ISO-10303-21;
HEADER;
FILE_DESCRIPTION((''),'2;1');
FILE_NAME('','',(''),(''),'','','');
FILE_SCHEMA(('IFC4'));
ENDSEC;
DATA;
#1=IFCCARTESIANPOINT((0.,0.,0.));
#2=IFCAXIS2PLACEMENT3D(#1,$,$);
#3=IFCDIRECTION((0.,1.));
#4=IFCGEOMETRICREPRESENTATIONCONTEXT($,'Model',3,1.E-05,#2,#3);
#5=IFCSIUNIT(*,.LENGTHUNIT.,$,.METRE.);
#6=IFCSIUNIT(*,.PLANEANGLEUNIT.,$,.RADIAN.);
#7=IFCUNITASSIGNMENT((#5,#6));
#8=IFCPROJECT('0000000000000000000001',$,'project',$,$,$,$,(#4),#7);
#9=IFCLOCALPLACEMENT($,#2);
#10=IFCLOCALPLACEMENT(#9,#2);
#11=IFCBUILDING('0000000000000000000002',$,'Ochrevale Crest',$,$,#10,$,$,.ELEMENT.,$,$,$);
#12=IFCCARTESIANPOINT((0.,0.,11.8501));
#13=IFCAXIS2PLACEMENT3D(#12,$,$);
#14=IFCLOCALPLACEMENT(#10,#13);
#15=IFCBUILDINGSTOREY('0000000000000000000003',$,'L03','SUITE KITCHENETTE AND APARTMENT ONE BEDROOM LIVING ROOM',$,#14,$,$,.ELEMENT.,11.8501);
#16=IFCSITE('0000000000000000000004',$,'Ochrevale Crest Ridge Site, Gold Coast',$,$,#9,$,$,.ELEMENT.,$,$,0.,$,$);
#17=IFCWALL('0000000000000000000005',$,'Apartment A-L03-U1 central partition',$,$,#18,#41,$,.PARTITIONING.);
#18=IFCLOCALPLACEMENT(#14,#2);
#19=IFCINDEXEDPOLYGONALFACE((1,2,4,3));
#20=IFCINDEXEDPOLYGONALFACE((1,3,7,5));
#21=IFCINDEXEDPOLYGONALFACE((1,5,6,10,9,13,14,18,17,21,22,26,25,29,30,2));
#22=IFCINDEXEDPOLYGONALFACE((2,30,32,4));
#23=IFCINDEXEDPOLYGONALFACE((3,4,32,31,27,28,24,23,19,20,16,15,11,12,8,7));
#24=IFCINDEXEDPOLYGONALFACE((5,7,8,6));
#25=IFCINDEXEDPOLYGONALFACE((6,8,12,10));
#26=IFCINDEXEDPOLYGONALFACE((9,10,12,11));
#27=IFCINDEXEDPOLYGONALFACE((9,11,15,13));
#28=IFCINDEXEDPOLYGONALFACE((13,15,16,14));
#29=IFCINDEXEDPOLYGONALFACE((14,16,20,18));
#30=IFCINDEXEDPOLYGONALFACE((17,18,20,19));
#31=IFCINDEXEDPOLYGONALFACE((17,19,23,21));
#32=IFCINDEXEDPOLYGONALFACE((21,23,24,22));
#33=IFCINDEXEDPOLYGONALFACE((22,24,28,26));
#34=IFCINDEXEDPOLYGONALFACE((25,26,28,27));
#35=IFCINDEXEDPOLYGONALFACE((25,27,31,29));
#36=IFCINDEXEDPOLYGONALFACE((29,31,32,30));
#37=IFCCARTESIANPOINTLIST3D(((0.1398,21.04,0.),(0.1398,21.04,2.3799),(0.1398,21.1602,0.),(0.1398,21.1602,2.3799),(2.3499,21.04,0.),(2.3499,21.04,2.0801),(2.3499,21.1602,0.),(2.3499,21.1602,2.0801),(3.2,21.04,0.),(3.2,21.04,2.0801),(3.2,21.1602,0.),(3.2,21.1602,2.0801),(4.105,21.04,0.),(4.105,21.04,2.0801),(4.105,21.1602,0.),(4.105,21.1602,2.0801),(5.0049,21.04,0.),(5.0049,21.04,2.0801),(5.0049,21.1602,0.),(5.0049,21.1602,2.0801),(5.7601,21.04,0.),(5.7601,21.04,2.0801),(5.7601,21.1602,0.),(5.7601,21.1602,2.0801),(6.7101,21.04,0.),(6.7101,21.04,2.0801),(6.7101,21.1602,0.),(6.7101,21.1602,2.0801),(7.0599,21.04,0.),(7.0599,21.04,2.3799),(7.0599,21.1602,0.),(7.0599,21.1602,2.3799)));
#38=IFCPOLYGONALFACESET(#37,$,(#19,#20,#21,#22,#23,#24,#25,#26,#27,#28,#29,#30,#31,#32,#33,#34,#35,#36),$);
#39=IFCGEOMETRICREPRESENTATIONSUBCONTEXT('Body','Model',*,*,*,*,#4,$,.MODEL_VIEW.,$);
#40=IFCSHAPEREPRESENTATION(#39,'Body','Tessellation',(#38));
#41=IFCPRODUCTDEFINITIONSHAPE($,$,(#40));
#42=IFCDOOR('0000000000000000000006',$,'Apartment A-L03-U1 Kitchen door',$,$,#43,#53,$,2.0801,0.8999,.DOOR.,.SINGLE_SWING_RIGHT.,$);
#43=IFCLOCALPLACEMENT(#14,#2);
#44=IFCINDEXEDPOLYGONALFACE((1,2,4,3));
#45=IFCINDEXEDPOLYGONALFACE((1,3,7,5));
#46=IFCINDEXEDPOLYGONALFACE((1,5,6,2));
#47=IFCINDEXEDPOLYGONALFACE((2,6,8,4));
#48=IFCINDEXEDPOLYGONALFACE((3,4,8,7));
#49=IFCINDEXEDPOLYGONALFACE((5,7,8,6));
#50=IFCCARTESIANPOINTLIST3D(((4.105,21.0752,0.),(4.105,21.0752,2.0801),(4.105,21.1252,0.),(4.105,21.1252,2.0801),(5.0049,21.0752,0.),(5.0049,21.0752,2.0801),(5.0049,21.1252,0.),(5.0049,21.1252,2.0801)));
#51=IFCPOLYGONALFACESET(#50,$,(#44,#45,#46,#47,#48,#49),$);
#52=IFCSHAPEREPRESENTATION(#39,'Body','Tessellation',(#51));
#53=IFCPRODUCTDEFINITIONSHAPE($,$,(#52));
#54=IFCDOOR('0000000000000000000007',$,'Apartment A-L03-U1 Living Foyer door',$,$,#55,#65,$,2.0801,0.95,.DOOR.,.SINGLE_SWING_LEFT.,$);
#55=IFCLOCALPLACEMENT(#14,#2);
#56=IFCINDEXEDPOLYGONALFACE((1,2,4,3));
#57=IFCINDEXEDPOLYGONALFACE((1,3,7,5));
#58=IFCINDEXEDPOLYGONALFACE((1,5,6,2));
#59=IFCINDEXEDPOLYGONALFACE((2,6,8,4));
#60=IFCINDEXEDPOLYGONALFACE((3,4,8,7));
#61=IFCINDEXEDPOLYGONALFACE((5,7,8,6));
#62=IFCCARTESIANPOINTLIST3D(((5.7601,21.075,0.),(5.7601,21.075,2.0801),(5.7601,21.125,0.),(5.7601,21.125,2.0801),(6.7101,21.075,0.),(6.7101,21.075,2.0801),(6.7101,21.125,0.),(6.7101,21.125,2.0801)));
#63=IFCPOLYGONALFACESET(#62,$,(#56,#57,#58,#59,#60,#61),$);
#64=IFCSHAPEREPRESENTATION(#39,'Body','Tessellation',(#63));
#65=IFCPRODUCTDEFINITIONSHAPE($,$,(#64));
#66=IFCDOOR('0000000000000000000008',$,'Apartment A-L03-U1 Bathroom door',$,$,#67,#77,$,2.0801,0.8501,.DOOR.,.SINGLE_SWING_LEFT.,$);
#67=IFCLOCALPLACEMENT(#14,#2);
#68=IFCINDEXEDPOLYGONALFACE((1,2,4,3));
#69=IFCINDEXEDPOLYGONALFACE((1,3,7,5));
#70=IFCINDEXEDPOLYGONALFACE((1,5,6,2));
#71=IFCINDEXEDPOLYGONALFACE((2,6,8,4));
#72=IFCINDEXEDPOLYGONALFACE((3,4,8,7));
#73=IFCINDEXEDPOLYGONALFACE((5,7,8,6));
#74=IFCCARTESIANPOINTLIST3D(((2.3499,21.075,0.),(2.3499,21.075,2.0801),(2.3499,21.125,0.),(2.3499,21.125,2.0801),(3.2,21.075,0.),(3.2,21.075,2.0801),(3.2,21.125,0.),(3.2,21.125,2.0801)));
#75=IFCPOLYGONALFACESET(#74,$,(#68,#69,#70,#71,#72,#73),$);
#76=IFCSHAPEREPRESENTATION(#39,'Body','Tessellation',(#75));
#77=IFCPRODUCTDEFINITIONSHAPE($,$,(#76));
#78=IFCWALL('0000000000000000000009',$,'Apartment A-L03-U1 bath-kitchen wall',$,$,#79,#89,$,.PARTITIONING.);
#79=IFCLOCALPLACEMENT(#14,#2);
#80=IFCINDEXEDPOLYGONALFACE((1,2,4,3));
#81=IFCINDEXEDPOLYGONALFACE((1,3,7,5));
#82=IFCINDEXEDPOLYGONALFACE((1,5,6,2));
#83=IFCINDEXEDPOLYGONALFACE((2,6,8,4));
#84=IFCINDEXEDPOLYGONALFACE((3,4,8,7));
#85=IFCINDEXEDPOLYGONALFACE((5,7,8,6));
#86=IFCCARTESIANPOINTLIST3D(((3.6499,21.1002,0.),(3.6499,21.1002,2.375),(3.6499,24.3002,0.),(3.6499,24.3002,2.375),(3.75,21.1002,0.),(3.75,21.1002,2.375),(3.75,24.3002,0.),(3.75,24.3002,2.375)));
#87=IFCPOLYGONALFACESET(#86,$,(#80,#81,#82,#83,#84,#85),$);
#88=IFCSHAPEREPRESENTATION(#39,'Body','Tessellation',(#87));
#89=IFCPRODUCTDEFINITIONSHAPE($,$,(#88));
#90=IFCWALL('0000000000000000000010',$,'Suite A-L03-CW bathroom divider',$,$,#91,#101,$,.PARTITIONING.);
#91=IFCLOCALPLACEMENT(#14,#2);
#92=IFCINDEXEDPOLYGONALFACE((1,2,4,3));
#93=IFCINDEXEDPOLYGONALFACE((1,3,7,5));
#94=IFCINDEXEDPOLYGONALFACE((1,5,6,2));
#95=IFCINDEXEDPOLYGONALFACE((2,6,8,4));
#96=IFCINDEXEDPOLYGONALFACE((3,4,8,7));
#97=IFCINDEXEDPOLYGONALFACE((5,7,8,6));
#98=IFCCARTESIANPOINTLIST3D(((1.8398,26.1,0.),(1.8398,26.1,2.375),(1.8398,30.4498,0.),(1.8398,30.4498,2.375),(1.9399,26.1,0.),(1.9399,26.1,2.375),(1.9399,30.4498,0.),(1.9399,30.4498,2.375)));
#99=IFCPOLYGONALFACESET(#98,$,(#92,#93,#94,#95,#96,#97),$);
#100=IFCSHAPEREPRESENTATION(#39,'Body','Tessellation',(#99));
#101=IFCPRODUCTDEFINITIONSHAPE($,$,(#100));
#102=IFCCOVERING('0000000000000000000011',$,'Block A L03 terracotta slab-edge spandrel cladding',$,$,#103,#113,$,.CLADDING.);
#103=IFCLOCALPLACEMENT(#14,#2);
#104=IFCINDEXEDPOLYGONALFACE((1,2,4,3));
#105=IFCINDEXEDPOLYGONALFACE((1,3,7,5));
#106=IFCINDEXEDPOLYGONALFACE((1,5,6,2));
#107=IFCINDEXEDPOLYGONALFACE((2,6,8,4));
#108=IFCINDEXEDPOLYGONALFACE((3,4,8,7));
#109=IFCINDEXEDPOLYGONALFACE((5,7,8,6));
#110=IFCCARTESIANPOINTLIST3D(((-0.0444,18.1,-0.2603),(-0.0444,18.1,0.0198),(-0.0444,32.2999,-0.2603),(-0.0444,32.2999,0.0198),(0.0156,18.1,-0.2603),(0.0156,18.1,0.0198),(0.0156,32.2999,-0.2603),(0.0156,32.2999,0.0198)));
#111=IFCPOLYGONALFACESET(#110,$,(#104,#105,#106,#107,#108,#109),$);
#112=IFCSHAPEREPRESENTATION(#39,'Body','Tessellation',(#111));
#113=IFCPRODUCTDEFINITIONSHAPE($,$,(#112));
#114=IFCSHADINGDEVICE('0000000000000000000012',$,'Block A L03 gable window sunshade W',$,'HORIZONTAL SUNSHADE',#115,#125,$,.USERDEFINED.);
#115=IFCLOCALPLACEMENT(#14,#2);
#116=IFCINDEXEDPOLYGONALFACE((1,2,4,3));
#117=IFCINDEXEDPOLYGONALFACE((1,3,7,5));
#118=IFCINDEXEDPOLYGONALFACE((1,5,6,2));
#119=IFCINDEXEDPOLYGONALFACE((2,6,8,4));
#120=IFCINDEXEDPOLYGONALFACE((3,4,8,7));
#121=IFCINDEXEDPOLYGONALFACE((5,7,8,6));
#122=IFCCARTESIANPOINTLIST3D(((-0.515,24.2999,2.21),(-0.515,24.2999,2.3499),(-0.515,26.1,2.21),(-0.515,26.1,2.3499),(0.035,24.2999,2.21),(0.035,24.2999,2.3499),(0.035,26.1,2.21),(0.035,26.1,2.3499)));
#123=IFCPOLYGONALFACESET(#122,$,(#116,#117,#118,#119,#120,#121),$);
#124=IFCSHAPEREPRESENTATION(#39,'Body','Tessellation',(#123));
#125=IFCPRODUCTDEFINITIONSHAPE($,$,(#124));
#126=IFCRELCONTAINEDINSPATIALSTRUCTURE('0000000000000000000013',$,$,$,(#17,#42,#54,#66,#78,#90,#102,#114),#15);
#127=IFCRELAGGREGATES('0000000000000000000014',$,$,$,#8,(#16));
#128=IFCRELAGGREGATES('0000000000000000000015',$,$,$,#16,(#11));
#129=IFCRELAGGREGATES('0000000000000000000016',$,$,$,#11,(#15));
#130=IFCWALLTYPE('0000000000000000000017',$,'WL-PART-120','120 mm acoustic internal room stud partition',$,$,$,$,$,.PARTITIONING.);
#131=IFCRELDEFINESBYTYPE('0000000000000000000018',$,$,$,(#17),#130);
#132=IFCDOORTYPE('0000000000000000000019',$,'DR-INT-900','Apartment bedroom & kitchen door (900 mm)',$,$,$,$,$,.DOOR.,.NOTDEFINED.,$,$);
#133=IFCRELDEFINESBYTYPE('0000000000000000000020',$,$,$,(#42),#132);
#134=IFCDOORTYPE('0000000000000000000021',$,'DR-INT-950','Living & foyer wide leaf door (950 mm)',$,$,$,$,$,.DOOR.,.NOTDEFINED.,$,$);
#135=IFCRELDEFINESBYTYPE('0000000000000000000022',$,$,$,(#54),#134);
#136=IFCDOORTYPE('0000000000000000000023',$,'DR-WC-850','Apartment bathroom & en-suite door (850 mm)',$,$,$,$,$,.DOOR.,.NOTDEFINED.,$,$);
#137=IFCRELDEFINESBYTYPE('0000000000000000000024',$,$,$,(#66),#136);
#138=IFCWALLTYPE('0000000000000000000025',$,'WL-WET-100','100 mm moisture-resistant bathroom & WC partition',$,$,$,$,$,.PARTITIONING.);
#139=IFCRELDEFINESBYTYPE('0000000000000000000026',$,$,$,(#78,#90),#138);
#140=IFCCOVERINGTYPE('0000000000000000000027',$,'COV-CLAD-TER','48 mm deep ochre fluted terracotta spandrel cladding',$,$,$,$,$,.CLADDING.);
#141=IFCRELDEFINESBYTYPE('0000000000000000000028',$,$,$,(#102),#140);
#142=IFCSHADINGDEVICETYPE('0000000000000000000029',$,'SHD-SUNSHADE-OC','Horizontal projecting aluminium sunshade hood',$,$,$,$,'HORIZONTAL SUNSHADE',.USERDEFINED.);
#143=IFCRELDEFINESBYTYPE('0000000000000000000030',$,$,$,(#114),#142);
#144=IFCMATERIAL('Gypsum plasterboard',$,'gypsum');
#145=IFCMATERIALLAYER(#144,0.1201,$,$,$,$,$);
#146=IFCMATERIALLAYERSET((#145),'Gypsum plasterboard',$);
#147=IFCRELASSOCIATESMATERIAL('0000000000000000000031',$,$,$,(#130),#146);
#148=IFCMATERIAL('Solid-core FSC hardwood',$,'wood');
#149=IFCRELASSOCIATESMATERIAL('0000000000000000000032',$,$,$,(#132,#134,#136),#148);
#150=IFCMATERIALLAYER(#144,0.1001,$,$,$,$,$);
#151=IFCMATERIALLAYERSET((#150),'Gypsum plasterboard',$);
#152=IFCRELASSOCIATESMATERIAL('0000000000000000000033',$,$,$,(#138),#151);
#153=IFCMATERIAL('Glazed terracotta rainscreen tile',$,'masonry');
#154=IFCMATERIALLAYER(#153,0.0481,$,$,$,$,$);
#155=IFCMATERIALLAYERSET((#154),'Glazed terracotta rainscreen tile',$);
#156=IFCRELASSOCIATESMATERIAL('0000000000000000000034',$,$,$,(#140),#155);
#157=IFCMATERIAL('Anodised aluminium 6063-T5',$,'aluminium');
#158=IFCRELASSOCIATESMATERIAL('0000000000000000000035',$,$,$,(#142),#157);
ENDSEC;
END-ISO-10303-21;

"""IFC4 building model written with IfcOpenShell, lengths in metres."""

from ifc_helpers import new_model, si_unit, direction, frame, frame_2d, origin, origin_2d, place, context, subcontext, project, spatial, rectangle, extrude, material, layer, layer_set, type_object, element, fill, save


model = new_model("IFC4")

# Units and contexts
model_context = context("Model", 3, precision=1e-05, world=origin(), true_north=direction((0.0, 1.0)))
body_context = subcontext(model_context, "Body", "Model", "MODEL_VIEW")
ifc_project = project(units=[si_unit("LENGTHUNIT", "METRE"), si_unit("PLANEANGLEUNIT", "RADIAN")], contexts=[model_context])

# Site, building, storey
site_placement = place(None, origin())
site = spatial("IfcSite", under=ifc_project, at=site_placement, Name="Ochrevale Crest Ridge Site, Gold Coast", CompositionType="ELEMENT", RefElevation=0.0)
building_placement = place(site_placement, origin())
building = spatial("IfcBuilding", under=site, at=building_placement, Name="Ochrevale Crest", CompositionType="ELEMENT")
storey_placement = place(building_placement, frame((0.0, 0.0, 11.8501)))
storey = spatial("IfcBuildingStorey", under=building, at=storey_placement, Name="L03", Description="SUITE KITCHENETTE AND APARTMENT ONE BEDROOM LIVING ROOM", CompositionType="ELEMENT", Elevation=11.8501)

# Shared definitions
ifc_material_1 = material(Name="Anodised aluminium 6063-T5", Category="aluminium")

# Shared definitions
ifc_material_2 = material(Name="Gypsum plasterboard", Category="gypsum")
ifc_material_3 = material(Name="Solid-core FSC hardwood", Category="wood")

# Wall, openings, doors
ifc_layer_1 = layer(ifc_material_2, 0.1201)
ifc_layer_set_1 = layer_set([ifc_layer_1], Name="Gypsum plasterboard")
wall_type_1 = type_object("IfcWallType", Name="WL-PART-120", Description="120 mm acoustic internal room stud partition", PredefinedType="PARTITIONING", material=ifc_layer_set_1)
wall_1_placement = place(storey_placement, frame((0.1399, 21.1001, 0.0), z_axis=(0.0, 0.0, 1.0), x_axis=(1.0, 0.0, 0.0)))
wall_1 = element("IfcWall", 1, at=wall_1_placement, inside=storey, type_object=wall_type_1, Name="Apartment A-L03-U1 central partition", PredefinedType="PARTITIONING", context=body_context, shape_type="SweptSolid", body=[
    extrude(rectangle(XDim=6.9202, YDim=0.1201, at=frame_2d((3.46, 0.0))), origin(), (0.0, 0.0, 1.0), 2.3799),
])
opening_1_placement = place(wall_1_placement, frame((2.21, 0.0, 0.0)))
opening_1 = element("IfcOpeningElement", 2, at=opening_1_placement, cuts=wall_1, PredefinedType="OPENING", context=body_context, shape_type="SweptSolid", body=[
    extrude(rectangle(XDim=0.8501, YDim=2.0801, at=frame_2d((0.425, 1.04))), frame((0.0, 0.0701, 0.0), z_axis=(0.0, -1.0, 0.0), x_axis=(1.0, 0.0, 0.0)), (0.0, 0.0, 1.0), 0.1401),
])
opening_2_placement = place(wall_1_placement, frame((4.865, 0.0, 0.0), z_axis=(0.0, 0.0, 1.0), x_axis=(-1.0, 0.0, 0.0)))
opening_2 = element("IfcOpeningElement", 3, at=opening_2_placement, cuts=wall_1, PredefinedType="OPENING", context=body_context, shape_type="SweptSolid", body=[
    extrude(rectangle(XDim=0.8999, YDim=2.0801, at=frame_2d((0.45, 1.04))), frame((0.0, 0.0701, 0.0), z_axis=(0.0, -1.0, 0.0), x_axis=(1.0, 0.0, 0.0)), (0.0, 0.0, 1.0), 0.1401),
])
opening_3_placement = place(wall_1_placement, frame((5.6201, 0.0, 0.0)))
opening_3 = element("IfcOpeningElement", 4, at=opening_3_placement, cuts=wall_1, PredefinedType="OPENING", context=body_context, shape_type="SweptSolid", body=[
    extrude(rectangle(XDim=0.95, YDim=2.0801, at=frame_2d((0.4751, 1.04))), frame((0.0, 0.0701, 0.0), z_axis=(0.0, -1.0, 0.0), x_axis=(1.0, 0.0, 0.0)), (0.0, 0.0, 1.0), 0.1401),
])
door_type_1 = type_object("IfcDoorType", Name="DR-INT-900", Description="Apartment bedroom & kitchen door (900 mm)", OperationType="NOTDEFINED", PredefinedType="DOOR", material=ifc_material_3)
door_1_placement = place(opening_2_placement, origin())
door_1 = element("IfcDoor", 5, at=door_1_placement, inside=storey, type_object=door_type_1, Name="Apartment A-L03-U1 Kitchen door", OperationType="SINGLE_SWING_RIGHT", OverallHeight=2.0801, OverallWidth=0.8999, PredefinedType="DOOR", context=body_context, shape_type="SweptSolid", body=[
    extrude(rectangle(XDim=0.8999, YDim=2.0801, at=frame_2d((0.45, 1.04))), frame((0.0, 0.0249, 0.0), z_axis=(0.0, -1.0, 0.0), x_axis=(1.0, 0.0, 0.0)), (0.0, 0.0, 1.0), 0.05),
])
fill(opening_2, door_1)
door_type_2 = type_object("IfcDoorType", Name="DR-INT-950", Description="Living & foyer wide leaf door (950 mm)", OperationType="NOTDEFINED", PredefinedType="DOOR", material=ifc_material_3)
door_2_placement = place(opening_3_placement, origin())
door_2 = element("IfcDoor", 6, at=door_2_placement, inside=storey, type_object=door_type_2, Name="Apartment A-L03-U1 Living Foyer door", OperationType="SINGLE_SWING_LEFT", OverallHeight=2.0801, OverallWidth=0.95, PredefinedType="DOOR", context=body_context, shape_type="SweptSolid", body=[
    extrude(rectangle(XDim=0.95, YDim=2.0801, at=frame_2d((0.4751, 1.04))), frame((0.0, 0.0249, 0.0), z_axis=(0.0, -1.0, 0.0), x_axis=(1.0, 0.0, 0.0)), (0.0, 0.0, 1.0), 0.05),
])
fill(opening_3, door_2)
door_type_3 = type_object("IfcDoorType", Name="DR-WC-850", Description="Apartment bathroom & en-suite door (850 mm)", OperationType="NOTDEFINED", PredefinedType="DOOR", material=ifc_material_3)
door_3_placement = place(opening_1_placement, origin())
door_3 = element("IfcDoor", 7, at=door_3_placement, inside=storey, type_object=door_type_3, Name="Apartment A-L03-U1 Bathroom door", OperationType="SINGLE_SWING_LEFT", OverallHeight=2.0801, OverallWidth=0.8501, PredefinedType="DOOR", context=body_context, shape_type="SweptSolid", body=[
    extrude(rectangle(XDim=0.8501, YDim=2.0801, at=frame_2d((0.425, 1.04))), frame((0.0, 0.0249, 0.0), z_axis=(0.0, -1.0, 0.0), x_axis=(1.0, 0.0, 0.0)), (0.0, 0.0, 1.0), 0.05),
])
fill(opening_1, door_3)

# Walls
ifc_layer_2 = layer(ifc_material_2, 0.1001)
ifc_layer_set_2 = layer_set([ifc_layer_2], Name="Gypsum plasterboard")
wall_type_2 = type_object("IfcWallType", Name="WL-WET-100", Description="100 mm moisture-resistant bathroom & WC partition", PredefinedType="PARTITIONING", material=ifc_layer_set_2)
wall_2_placement = place(storey_placement, frame((3.7, 21.1001, 0.0), z_axis=(0.0, 0.0, 1.0), x_axis=(0.0, 1.0, 0.0)))
element("IfcWall", 8, at=wall_2_placement, inside=storey, type_object=wall_type_2, Name="Apartment A-L03-U1 bath-kitchen wall", PredefinedType="PARTITIONING", context=body_context, shape_type="SweptSolid", body=[
    extrude(rectangle(XDim=3.2, YDim=0.1001, at=frame_2d((1.6001, 0.0))), origin(), (0.0, 0.0, 1.0), 2.375),
])
wall_3_placement = place(storey_placement, frame((1.8899, 26.1001, 0.0), z_axis=(0.0, 0.0, 1.0), x_axis=(0.0, 1.0, 0.0)))
element("IfcWall", 9, at=wall_3_placement, inside=storey, type_object=wall_type_2, Name="Suite A-L03-CW bathroom divider", PredefinedType="PARTITIONING", context=body_context, shape_type="SweptSolid", body=[
    extrude(rectangle(XDim=4.3499, YDim=0.1001, at=frame_2d((2.1748, 0.0))), origin(), (0.0, 0.0, 1.0), 2.375),
])

# Covering
ifc_material_4 = material(Name="Glazed terracotta rainscreen tile", Category="masonry")
ifc_layer_3 = layer(ifc_material_4, 0.0481)
ifc_layer_set_3 = layer_set([ifc_layer_3], Name="Glazed terracotta rainscreen tile")
covering_type = type_object("IfcCoveringType", Name="COV-CLAD-TER", Description="48 mm deep ochre fluted terracotta spandrel cladding", PredefinedType="CLADDING", material=ifc_layer_set_3)
covering_placement = place(storey_placement, frame((-0.0144, 25.2, -0.2603), z_axis=(0.0, 0.0, 1.0), x_axis=(0.0, -1.0, 0.0)))
element("IfcCovering", 10, at=covering_placement, inside=storey, type_object=covering_type, Name="Block A L03 terracotta slab-edge spandrel cladding", PredefinedType="CLADDING", context=body_context, shape_type="SweptSolid", body=[
    extrude(rectangle(XDim=14.2, YDim=0.0601, at=origin_2d()), origin(), (0.0, 0.0, 1.0), 0.28),
])

# Shading device
shading_device_type = type_object("IfcShadingDeviceType", Name="SHD-SUNSHADE-OC", Description="Horizontal projecting aluminium sunshade hood", ElementType="HORIZONTAL SUNSHADE", PredefinedType="USERDEFINED", material=ifc_material_1)
shading_device_placement = place(storey_placement, frame((-0.24, 25.2, 2.21), z_axis=(0.0, 0.0, 1.0), x_axis=(1.0, 0.0, 0.0)))
element("IfcShadingDevice", 11, at=shading_device_placement, inside=storey, type_object=shading_device_type, Name="Block A L03 gable window sunshade W", ObjectType="HORIZONTAL SUNSHADE", PredefinedType="USERDEFINED", context=body_context, shape_type="SweptSolid", body=[
    extrude(rectangle(XDim=0.55, YDim=1.8, at=origin_2d()), origin(), (0.0, 0.0, 1.0), 0.1399),
])

save(model, "model.ifc")
